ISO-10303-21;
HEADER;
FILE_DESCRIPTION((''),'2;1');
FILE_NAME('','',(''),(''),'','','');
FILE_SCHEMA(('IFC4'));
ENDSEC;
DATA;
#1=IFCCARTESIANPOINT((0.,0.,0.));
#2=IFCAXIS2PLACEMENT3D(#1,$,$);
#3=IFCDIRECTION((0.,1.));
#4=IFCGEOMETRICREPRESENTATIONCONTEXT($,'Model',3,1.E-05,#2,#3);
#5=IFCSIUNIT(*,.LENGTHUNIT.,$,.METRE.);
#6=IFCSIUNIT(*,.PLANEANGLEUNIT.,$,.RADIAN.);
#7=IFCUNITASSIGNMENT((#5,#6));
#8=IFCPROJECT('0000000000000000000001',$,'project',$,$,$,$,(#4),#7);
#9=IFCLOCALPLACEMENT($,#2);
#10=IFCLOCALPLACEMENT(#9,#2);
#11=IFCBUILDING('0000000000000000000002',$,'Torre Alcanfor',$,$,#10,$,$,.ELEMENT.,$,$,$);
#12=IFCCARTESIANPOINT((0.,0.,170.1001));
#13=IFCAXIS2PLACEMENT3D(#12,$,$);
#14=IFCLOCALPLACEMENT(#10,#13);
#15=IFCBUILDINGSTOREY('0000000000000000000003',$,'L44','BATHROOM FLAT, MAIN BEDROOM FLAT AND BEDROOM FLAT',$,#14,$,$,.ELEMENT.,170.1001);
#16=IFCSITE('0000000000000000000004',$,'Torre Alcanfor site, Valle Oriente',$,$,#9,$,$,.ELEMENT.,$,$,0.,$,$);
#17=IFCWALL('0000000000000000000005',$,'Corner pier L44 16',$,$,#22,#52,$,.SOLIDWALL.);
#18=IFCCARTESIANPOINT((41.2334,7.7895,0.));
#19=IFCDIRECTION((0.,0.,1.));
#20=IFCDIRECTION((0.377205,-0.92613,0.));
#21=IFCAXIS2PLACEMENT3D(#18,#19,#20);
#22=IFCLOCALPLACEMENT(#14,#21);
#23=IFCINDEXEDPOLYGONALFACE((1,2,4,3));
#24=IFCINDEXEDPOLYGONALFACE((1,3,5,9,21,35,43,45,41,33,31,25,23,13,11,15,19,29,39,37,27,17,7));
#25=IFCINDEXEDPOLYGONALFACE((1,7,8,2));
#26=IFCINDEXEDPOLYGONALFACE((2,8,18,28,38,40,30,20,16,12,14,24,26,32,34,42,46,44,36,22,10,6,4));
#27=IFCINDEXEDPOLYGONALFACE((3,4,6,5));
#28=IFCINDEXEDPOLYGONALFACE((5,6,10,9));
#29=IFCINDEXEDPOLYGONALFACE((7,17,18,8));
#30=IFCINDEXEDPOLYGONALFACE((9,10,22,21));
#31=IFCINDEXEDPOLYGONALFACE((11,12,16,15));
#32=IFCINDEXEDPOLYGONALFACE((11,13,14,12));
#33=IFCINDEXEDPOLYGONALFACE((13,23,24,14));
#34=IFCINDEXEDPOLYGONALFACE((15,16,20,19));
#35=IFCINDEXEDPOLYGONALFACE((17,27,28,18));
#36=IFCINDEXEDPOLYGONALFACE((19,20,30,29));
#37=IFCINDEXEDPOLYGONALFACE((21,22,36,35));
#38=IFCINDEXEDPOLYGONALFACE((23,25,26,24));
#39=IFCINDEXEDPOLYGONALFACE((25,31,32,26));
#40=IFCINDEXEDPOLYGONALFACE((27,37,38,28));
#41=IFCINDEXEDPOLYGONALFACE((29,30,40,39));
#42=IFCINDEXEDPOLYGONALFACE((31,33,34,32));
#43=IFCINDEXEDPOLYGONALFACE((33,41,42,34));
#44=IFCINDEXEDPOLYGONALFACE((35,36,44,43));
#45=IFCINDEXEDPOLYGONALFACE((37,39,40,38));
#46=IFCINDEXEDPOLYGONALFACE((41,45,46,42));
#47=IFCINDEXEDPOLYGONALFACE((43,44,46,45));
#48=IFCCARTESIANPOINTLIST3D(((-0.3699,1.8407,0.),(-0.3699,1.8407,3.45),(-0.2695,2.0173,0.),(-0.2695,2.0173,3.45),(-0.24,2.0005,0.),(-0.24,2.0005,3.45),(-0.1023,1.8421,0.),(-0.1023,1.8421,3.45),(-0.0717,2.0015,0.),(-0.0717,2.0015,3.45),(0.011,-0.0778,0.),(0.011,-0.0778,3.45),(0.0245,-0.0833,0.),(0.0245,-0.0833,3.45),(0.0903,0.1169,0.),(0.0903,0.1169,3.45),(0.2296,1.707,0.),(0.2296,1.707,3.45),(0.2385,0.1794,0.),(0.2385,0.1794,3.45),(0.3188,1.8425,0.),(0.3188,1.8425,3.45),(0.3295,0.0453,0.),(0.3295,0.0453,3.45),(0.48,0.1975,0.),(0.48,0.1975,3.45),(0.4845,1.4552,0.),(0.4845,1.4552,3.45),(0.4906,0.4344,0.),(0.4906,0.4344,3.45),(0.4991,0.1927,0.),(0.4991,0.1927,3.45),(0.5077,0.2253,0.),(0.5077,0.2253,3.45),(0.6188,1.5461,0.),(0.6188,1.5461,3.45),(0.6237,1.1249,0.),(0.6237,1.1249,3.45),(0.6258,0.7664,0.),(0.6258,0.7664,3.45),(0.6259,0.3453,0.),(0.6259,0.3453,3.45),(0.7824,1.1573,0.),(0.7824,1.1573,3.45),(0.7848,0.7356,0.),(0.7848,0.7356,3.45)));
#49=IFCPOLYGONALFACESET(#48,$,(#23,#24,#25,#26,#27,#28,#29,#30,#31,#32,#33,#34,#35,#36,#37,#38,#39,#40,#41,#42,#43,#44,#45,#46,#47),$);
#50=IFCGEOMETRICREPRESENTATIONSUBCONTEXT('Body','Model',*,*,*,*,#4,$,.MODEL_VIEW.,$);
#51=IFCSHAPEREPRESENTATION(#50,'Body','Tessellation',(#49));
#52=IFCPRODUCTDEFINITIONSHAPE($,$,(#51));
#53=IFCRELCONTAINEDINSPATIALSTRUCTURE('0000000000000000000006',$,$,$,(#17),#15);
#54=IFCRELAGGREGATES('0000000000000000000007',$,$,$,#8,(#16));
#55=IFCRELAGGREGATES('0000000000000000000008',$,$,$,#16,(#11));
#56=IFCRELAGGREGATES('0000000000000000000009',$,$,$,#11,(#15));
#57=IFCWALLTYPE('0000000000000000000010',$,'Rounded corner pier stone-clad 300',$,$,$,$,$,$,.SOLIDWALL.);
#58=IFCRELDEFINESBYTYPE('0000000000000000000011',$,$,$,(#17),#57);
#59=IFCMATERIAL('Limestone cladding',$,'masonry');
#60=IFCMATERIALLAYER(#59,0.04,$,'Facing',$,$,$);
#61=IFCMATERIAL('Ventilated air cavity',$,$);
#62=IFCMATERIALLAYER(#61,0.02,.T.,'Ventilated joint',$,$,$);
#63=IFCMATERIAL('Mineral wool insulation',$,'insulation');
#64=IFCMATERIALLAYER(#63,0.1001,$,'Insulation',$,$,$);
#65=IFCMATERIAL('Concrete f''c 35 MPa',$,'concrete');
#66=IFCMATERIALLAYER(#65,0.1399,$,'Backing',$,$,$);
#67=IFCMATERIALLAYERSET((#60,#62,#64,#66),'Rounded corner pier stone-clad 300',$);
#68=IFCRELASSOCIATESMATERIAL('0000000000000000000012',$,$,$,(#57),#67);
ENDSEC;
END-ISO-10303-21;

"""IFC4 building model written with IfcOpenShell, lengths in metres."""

from ifc_helpers import new_model, si_unit, direction, frame, origin, place, context, subcontext, project, spatial, polyline, outline, extrude, material, layer, layer_set, type_object, element, save


model = new_model("IFC4")

# Units and contexts
model_context = context("Model", 3, precision=1e-05, world=origin(), true_north=direction((0.0, 1.0)))
body_context = subcontext(model_context, "Body", "Model", "MODEL_VIEW")
ifc_project = project(units=[si_unit("LENGTHUNIT", "METRE"), si_unit("PLANEANGLEUNIT", "RADIAN")], contexts=[model_context])

# Site, building, storey
site_placement = place(None, origin())
site = spatial("IfcSite", under=ifc_project, at=site_placement, Name="Torre Alcanfor site, Valle Oriente", CompositionType="ELEMENT", RefElevation=0.0)
building_placement = place(site_placement, origin())
building = spatial("IfcBuilding", under=site, at=building_placement, Name="Torre Alcanfor", CompositionType="ELEMENT")
storey_placement = place(building_placement, frame((0.0, 0.0, 170.1001)))
storey = spatial("IfcBuildingStorey", under=building, at=storey_placement, Name="L44", Description="BATHROOM FLAT, MAIN BEDROOM FLAT AND BEDROOM FLAT", CompositionType="ELEMENT", Elevation=170.1001)

# Shared definitions
ifc_material_1 = material(Name="Limestone cladding", Category="masonry")
ifc_material_2 = material(Name="Ventilated air cavity")
ifc_material_3 = material(Name="Mineral wool insulation", Category="insulation")
ifc_material_4 = material(Name="Concrete f'c 35 MPa", Category="concrete")

# Wall
ifc_layer_1 = layer(ifc_material_1, 0.04, Name="Facing")
ifc_layer_2 = layer(ifc_material_2, 0.02, ventilated=True, Name="Ventilated joint")
ifc_layer_3 = layer(ifc_material_3, 0.1001, Name="Insulation")
ifc_layer_4 = layer(ifc_material_4, 0.1399, Name="Backing")
ifc_layer_set_1 = layer_set([ifc_layer_1, ifc_layer_2, ifc_layer_3, ifc_layer_4], Name="Rounded corner pier stone-clad 300")
wall_type_1 = type_object("IfcWallType", Name="Rounded corner pier stone-clad 300", PredefinedType="SOLIDWALL", material=ifc_layer_set_1)
wall_1_placement = place(storey_placement, frame((41.2334, 7.7895, 0.0), z_axis=(0.0, 0.0, 1.0), x_axis=(0.377205, -0.92613, 0.0)))
element("IfcWall", 1, at=wall_1_placement, inside=storey, type_object=wall_type_1, Name="Corner pier L44 16", PredefinedType="SOLIDWALL", context=body_context, shape_type="SweptSolid", body=[
    extrude(outline(polyline([(0.3188, 1.8425), (-0.0717, 2.0015), (-0.24, 2.0005), (-0.2695, 2.0173), (-0.3699, 1.8407), (-0.1023, 1.8421), (0.2296, 1.707), (0.4845, 1.4552), (0.6237, 1.1249), (0.6258, 0.7664), (0.4906, 0.4344), (0.2385, 0.1794), (0.0903, 0.1169), (0.011, -0.0778), (0.0245, -0.0833), (0.3295, 0.0453), (0.48, 0.1975), (0.4991, 0.1927), (0.5077, 0.2253), (0.6259, 0.3453), (0.7848, 0.7356), (0.7824, 1.1573), (0.6188, 1.5461), (0.3188, 1.8425)])), origin(), (0.0, 0.0, 1.0), 3.45),
])

save(model, "model.ifc")
